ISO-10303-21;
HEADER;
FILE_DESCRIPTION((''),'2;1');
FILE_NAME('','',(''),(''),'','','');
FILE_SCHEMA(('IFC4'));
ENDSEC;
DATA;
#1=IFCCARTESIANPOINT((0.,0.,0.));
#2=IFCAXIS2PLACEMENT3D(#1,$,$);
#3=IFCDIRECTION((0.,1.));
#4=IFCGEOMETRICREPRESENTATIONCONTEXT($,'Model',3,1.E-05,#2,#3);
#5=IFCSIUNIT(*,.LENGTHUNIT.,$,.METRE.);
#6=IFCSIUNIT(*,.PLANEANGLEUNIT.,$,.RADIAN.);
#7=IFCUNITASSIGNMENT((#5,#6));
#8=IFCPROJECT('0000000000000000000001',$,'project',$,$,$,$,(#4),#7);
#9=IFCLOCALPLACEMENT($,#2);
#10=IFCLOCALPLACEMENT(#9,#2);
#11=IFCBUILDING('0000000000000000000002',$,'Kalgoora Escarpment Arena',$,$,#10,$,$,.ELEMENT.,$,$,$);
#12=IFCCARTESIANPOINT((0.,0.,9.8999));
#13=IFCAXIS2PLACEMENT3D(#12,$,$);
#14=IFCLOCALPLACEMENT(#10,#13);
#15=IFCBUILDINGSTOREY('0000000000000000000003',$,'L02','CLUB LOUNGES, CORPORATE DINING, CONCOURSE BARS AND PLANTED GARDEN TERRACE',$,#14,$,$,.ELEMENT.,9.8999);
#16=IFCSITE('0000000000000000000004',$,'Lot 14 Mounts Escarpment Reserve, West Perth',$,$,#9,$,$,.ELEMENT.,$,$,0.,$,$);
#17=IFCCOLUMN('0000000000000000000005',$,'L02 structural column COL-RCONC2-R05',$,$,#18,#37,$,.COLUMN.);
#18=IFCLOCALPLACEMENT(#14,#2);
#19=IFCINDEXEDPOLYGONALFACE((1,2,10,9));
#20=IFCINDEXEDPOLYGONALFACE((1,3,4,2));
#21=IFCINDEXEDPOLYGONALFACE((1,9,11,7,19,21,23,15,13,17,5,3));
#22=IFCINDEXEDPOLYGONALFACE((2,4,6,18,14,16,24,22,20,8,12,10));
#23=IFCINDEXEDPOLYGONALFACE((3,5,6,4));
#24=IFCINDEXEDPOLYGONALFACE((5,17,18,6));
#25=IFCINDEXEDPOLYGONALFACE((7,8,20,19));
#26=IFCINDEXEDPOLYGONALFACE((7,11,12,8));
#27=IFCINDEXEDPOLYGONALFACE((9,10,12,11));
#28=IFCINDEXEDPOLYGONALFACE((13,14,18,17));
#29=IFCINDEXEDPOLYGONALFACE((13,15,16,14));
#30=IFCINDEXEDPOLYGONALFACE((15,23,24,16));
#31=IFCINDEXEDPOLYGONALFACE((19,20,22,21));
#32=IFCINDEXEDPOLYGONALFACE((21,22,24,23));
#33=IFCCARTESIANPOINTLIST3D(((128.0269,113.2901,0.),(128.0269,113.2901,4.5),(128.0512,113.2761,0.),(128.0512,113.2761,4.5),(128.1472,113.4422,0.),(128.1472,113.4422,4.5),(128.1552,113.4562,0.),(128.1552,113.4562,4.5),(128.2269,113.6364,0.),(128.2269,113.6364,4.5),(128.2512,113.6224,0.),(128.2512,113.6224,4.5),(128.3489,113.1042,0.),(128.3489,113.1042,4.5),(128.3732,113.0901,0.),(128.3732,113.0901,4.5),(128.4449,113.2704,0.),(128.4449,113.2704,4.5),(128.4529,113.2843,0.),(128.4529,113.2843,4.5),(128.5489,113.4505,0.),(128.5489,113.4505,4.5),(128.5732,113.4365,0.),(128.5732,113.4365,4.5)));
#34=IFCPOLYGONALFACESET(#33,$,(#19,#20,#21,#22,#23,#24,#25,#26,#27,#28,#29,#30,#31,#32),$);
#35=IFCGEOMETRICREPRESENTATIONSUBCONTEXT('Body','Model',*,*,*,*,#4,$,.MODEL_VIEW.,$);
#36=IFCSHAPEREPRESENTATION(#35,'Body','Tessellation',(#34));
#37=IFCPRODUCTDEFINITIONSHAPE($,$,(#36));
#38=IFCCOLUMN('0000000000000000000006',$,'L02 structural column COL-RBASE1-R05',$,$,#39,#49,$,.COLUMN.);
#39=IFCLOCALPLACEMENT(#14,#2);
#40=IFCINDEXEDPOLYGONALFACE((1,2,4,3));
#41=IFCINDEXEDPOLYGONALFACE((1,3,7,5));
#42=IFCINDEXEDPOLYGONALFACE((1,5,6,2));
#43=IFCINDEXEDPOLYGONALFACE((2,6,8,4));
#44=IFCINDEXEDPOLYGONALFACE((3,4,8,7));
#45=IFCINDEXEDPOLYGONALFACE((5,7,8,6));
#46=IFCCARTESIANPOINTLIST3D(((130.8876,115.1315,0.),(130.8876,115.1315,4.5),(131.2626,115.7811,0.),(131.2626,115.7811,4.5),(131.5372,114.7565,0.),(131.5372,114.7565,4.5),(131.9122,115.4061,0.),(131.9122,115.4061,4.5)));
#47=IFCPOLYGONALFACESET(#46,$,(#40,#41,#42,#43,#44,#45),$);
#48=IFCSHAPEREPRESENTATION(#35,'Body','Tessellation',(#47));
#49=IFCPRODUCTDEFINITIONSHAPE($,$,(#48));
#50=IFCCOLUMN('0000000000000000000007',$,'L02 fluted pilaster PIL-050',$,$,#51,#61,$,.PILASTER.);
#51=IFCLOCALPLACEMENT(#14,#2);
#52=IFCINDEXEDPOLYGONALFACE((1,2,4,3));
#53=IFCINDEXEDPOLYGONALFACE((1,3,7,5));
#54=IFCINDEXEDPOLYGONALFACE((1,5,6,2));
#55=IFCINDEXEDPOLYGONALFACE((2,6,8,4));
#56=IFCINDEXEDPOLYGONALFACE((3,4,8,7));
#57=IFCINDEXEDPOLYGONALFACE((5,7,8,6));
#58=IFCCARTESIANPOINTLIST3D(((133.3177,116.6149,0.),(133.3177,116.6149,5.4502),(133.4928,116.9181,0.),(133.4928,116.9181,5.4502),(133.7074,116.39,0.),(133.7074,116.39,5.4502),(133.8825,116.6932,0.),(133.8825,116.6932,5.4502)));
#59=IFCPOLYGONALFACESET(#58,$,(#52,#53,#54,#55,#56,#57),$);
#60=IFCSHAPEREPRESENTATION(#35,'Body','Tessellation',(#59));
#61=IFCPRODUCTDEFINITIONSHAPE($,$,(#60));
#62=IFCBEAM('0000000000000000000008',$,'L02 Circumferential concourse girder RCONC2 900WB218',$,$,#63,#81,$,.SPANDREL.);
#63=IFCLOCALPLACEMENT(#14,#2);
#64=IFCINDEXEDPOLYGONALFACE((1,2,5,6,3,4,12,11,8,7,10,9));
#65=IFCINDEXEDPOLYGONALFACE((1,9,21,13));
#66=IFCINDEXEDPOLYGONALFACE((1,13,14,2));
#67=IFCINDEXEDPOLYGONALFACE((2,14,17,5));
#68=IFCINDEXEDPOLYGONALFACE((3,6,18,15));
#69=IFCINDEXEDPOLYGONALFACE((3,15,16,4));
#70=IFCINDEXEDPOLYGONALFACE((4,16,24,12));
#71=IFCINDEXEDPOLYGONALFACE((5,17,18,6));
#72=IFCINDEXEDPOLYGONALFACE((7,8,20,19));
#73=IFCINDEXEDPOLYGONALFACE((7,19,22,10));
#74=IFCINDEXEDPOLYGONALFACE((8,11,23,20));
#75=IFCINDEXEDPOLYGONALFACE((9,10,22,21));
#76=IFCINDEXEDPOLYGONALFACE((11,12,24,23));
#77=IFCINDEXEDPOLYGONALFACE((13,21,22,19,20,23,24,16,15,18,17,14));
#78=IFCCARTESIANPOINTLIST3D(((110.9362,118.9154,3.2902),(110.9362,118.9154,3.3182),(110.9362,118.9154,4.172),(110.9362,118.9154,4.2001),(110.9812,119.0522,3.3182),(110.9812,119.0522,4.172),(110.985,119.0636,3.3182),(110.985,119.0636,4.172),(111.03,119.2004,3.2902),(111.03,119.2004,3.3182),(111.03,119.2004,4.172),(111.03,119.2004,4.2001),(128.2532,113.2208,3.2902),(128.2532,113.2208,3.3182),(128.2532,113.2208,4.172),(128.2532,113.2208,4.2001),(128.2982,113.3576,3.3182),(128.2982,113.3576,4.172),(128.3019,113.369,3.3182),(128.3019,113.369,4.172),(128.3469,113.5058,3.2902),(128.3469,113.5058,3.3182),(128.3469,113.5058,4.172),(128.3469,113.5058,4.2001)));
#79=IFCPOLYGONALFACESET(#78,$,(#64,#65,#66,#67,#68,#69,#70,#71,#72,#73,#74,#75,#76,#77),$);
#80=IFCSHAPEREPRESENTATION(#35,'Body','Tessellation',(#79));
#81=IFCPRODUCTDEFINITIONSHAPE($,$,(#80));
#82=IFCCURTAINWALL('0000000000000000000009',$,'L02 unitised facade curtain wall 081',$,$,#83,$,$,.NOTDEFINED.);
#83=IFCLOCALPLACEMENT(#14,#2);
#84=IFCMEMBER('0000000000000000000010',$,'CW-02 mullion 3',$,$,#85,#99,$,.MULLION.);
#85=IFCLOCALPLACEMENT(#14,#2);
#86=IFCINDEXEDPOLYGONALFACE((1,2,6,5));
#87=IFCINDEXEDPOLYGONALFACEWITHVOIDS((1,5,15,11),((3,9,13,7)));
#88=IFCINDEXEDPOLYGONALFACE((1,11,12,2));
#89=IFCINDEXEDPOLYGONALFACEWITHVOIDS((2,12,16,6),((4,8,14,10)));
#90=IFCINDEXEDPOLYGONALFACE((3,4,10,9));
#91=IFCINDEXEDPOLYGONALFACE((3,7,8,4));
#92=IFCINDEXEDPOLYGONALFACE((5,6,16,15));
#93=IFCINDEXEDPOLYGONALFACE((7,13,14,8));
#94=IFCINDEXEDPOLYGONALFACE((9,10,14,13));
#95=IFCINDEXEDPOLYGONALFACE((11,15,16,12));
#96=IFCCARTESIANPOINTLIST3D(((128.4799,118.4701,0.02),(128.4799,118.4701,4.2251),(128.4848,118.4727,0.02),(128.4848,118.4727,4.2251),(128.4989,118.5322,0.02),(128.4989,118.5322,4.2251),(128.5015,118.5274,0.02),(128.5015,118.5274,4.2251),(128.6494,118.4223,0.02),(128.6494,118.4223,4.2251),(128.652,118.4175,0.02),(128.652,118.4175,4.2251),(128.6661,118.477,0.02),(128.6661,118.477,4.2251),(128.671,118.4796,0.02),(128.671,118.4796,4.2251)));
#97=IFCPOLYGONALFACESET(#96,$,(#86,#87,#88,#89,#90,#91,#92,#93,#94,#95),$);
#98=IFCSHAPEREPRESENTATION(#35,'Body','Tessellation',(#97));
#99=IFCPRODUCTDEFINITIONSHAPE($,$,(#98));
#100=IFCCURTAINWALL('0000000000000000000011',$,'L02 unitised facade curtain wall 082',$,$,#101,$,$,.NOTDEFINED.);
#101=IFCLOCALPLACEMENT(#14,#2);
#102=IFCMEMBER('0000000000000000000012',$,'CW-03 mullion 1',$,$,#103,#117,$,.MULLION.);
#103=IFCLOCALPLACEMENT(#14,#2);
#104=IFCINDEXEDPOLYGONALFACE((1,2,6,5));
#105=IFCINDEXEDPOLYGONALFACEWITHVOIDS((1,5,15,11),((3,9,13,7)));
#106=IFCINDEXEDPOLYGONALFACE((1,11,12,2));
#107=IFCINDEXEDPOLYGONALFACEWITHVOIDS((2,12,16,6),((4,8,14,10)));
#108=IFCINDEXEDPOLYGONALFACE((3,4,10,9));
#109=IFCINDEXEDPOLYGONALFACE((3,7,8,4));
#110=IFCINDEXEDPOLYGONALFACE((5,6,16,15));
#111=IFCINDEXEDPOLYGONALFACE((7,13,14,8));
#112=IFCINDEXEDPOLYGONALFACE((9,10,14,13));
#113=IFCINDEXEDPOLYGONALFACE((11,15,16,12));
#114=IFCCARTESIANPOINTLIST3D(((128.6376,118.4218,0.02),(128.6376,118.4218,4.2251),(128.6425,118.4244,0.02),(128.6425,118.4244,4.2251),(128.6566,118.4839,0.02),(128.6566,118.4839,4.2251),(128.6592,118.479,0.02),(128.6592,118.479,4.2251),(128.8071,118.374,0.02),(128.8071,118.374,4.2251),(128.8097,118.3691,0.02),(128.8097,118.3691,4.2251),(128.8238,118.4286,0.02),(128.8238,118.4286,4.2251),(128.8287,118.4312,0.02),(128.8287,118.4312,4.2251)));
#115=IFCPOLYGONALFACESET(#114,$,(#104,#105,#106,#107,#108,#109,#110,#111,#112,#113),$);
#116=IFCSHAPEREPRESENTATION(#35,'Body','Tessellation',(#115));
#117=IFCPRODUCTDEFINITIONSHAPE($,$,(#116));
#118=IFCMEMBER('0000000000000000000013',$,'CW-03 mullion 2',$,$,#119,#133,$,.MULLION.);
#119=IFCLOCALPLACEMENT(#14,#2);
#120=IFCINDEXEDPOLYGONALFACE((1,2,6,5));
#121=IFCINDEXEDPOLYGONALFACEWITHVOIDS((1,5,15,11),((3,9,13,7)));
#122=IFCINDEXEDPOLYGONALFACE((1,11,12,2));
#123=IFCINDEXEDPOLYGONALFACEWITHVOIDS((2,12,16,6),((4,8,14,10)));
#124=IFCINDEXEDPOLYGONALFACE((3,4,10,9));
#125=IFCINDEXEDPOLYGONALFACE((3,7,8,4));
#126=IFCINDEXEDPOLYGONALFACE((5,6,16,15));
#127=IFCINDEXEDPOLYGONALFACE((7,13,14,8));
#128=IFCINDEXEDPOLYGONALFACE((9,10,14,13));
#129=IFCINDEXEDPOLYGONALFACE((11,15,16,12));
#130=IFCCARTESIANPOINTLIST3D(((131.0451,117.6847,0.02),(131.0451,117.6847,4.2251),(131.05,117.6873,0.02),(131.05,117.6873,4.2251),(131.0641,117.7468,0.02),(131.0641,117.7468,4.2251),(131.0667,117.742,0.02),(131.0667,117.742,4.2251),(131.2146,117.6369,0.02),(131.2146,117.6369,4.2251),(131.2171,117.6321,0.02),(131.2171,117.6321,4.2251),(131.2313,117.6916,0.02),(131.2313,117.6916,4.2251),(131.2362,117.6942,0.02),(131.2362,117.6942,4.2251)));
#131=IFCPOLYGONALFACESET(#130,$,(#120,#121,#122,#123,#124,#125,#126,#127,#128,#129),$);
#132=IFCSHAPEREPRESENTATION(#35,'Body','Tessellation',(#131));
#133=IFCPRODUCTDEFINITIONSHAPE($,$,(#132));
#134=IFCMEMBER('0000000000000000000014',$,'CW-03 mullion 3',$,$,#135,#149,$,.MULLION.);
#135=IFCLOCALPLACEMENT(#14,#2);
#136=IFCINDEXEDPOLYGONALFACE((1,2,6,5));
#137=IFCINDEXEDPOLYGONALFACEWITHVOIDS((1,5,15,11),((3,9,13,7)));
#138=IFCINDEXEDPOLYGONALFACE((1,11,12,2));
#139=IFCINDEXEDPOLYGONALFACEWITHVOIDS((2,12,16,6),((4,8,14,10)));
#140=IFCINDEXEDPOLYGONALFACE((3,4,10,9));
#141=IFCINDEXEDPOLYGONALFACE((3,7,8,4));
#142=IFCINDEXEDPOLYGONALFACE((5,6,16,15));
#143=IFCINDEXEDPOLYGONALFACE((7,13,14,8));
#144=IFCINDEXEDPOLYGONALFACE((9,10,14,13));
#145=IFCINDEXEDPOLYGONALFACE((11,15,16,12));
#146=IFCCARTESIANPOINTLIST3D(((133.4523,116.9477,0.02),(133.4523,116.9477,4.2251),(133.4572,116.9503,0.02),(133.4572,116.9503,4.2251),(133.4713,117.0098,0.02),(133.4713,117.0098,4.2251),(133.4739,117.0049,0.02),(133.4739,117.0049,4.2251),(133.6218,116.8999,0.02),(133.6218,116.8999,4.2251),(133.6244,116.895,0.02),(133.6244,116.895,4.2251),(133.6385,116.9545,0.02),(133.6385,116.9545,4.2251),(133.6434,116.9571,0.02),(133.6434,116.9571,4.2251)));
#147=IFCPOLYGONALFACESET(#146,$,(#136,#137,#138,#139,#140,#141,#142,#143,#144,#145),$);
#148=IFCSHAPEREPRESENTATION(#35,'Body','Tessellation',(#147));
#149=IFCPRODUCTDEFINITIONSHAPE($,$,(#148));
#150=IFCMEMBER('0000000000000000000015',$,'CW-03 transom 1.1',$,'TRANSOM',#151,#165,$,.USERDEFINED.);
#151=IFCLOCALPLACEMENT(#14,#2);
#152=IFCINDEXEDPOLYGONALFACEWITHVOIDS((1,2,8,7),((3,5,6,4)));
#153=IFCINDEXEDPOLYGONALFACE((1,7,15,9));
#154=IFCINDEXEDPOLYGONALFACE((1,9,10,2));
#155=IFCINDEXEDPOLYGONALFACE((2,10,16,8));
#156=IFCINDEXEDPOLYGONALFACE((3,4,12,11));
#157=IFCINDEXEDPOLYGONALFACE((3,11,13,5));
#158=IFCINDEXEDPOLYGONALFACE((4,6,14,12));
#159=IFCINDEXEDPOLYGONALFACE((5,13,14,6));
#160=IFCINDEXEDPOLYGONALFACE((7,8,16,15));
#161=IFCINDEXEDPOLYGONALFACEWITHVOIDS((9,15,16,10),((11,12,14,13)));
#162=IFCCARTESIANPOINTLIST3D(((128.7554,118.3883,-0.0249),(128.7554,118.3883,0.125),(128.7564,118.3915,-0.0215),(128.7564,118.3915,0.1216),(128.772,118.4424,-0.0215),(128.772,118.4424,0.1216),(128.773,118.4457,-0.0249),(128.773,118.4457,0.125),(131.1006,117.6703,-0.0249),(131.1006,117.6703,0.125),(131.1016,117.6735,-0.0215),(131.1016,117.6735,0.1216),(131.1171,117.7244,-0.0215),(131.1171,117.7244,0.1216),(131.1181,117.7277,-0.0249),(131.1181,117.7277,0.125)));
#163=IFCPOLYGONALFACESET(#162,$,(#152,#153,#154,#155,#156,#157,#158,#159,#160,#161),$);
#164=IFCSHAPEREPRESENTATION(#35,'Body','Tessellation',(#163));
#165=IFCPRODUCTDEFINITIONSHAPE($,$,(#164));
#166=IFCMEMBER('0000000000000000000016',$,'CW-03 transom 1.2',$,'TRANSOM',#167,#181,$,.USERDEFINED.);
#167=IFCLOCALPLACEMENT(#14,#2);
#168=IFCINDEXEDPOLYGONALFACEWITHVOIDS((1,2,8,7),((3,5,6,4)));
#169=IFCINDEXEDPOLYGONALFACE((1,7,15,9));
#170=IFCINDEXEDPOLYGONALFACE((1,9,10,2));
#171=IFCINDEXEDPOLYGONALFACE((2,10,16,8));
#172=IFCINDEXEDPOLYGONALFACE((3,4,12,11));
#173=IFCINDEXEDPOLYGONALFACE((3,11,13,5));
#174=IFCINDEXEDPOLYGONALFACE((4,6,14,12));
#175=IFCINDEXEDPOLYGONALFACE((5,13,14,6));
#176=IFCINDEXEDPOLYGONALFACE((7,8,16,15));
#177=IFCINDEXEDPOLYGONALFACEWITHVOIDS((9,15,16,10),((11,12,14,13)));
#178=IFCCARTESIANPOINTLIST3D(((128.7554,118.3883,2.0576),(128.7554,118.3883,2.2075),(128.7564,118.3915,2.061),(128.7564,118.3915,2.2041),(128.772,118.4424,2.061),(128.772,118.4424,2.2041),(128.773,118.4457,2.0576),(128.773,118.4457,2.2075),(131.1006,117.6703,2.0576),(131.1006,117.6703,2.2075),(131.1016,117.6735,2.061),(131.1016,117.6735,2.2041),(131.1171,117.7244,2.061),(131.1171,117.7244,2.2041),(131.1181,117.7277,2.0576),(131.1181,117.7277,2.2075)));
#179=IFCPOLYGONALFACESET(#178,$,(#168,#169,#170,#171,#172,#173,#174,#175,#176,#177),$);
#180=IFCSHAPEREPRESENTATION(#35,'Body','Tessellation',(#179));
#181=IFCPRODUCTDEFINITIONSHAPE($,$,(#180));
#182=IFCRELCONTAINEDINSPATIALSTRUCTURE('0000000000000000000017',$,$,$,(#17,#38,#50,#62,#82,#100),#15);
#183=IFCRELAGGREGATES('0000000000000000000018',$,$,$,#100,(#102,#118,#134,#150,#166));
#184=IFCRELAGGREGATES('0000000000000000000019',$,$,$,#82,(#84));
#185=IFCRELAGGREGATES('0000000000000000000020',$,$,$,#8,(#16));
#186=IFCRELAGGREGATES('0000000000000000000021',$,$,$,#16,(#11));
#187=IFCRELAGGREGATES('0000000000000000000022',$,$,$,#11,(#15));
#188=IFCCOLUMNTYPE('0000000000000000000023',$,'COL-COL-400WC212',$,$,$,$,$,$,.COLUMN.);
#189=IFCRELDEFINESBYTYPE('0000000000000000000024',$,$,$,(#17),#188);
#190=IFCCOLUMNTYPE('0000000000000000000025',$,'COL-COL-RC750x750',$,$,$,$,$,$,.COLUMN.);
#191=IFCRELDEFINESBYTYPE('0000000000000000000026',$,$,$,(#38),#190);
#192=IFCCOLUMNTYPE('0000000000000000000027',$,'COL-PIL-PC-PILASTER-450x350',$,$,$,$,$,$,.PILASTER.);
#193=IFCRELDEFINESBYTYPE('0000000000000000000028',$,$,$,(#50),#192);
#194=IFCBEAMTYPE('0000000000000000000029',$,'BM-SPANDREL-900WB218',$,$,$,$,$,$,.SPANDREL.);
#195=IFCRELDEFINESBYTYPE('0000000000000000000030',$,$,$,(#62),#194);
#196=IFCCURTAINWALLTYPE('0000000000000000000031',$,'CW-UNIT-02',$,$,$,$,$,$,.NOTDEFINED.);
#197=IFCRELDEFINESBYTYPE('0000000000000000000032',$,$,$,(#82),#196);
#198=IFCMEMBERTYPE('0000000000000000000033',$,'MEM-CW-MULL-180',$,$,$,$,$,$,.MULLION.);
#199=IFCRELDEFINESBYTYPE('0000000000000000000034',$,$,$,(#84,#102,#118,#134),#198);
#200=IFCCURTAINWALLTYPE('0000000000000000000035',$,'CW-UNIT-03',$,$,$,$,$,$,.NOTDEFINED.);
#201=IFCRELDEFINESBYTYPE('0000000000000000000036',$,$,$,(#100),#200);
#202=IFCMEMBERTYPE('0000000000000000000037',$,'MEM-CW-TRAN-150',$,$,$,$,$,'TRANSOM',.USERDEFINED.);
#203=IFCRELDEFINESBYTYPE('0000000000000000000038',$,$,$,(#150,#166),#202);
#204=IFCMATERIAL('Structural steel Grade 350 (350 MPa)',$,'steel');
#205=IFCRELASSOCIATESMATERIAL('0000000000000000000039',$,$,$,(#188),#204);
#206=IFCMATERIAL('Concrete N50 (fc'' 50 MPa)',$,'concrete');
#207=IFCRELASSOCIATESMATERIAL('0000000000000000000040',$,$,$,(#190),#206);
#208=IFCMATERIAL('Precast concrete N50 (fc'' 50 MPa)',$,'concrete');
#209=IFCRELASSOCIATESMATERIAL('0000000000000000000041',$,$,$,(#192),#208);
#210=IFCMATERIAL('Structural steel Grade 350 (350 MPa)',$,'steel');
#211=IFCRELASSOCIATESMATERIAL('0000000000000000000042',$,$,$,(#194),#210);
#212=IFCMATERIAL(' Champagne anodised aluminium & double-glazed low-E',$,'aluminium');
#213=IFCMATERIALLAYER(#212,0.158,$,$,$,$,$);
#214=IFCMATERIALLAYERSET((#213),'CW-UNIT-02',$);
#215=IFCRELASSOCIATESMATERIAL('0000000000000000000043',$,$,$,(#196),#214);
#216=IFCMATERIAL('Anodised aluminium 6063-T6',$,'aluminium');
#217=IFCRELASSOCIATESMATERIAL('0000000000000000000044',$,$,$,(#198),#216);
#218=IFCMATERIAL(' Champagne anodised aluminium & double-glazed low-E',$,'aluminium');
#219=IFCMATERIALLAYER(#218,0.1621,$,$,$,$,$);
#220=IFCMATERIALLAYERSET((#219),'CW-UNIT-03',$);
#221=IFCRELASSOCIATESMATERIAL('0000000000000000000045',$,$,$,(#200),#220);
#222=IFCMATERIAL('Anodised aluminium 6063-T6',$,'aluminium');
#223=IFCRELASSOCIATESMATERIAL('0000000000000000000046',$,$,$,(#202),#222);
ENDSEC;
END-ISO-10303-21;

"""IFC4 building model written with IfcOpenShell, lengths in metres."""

from ifc_helpers import new_model, si_unit, direction, frame, origin, origin_2d, place, context, subcontext, project, spatial, rectangle, hollow_rectangle, i_section, extrude, material, layer, layer_set, material_profile, profile_set, type_object, element, aggregate, save


model = new_model("IFC4")

# Units and contexts
model_context = context("Model", 3, precision=1e-05, world=origin(), true_north=direction((0.0, 1.0)))
body_context = subcontext(model_context, "Body", "Model", "MODEL_VIEW")
ifc_project = project(units=[si_unit("LENGTHUNIT", "METRE"), si_unit("PLANEANGLEUNIT", "RADIAN")], contexts=[model_context])

# Site, building, storey
site_placement = place(None, origin())
site = spatial("IfcSite", under=ifc_project, at=site_placement, Name="Lot 14 Mounts Escarpment Reserve, West Perth", CompositionType="ELEMENT", RefElevation=0.0)
building_placement = place(site_placement, origin())
building = spatial("IfcBuilding", under=site, at=building_placement, Name="Kalgoora Escarpment Arena", CompositionType="ELEMENT")
storey_placement = place(building_placement, frame((0.0, 0.0, 9.8999)))
storey = spatial("IfcBuildingStorey", under=building, at=storey_placement, Name="L02", Description="CLUB LOUNGES, CORPORATE DINING, CONCOURSE BARS AND PLANTED GARDEN TERRACE", CompositionType="ELEMENT", Elevation=9.8999)

# Columns
ifc_material_1 = material(Name="Structural steel Grade 350 (350 MPa)", Category="steel")
ifc_material_profile_1 = material_profile(ifc_material_1, i_section(OverallWidth=0.3999, OverallDepth=0.3999, WebThickness=0.0161, FlangeThickness=0.0281, at=origin_2d()))
ifc_profile_set_1 = profile_set([ifc_material_profile_1], Name="Structural steel Grade 350 (350 MPa)")
column_type_1 = type_object("IfcColumnType", Name="COL-COL-400WC212", PredefinedType="COLUMN", material=ifc_profile_set_1)
column_1_placement = place(storey_placement, frame((128.3, 113.3633, 0.0), z_axis=(0.0, 0.0, 1.0), x_axis=(0.5, 0.866025, 0.0)))
element("IfcColumn", 1, at=column_1_placement, inside=storey, type_object=column_type_1, Name="L02 structural column COL-RCONC2-R05", PredefinedType="COLUMN", context=body_context, shape_type="SweptSolid", body=[
    extrude(i_section(OverallWidth=0.3999, OverallDepth=0.3999, WebThickness=0.0161, FlangeThickness=0.0281, at=origin_2d()), origin(), (0.0, 0.0, 1.0), 4.5),
])
ifc_material_2 = material(Name="Concrete N50 (fc' 50 MPa)", Category="concrete")
ifc_material_profile_2 = material_profile(ifc_material_2, rectangle(XDim=0.75, YDim=0.75, at=origin_2d()))
ifc_profile_set_2 = profile_set([ifc_material_profile_2], Name="Concrete N50 (fc' 50 MPa)")
column_type_2 = type_object("IfcColumnType", Name="COL-COL-RC750x750", PredefinedType="COLUMN", material=ifc_profile_set_2)
column_2_placement = place(storey_placement, frame((131.3999, 115.2688, 0.0), z_axis=(0.0, 0.0, 1.0), x_axis=(0.5, 0.866025, 0.0)))
element("IfcColumn", 2, at=column_2_placement, inside=storey, type_object=column_type_2, Name="L02 structural column COL-RBASE1-R05", PredefinedType="COLUMN", context=body_context, shape_type="SweptSolid", body=[
    extrude(rectangle(XDim=0.75, YDim=0.75, at=origin_2d()), origin(), (0.0, 0.0, 1.0), 4.5),
])
ifc_material_3 = material(Name="Precast concrete N50 (fc' 50 MPa)", Category="concrete")
ifc_material_profile_3 = material_profile(ifc_material_3, rectangle(XDim=0.3501, YDim=0.45, at=origin_2d()))
ifc_profile_set_3 = profile_set([ifc_material_profile_3], Name="Precast concrete N50 (fc' 50 MPa)")
column_type_3 = type_object("IfcColumnType", Name="COL-PIL-PC-PILASTER-450x350", PredefinedType="PILASTER", material=ifc_profile_set_3)
column_3_placement = place(storey_placement, frame((133.6001, 116.6541, 0.0), z_axis=(0.0, 0.0, 1.0), x_axis=(0.5, 0.866025, 0.0)))
element("IfcColumn", 3, at=column_3_placement, inside=storey, type_object=column_type_3, Name="L02 fluted pilaster PIL-050", PredefinedType="PILASTER", context=body_context, shape_type="SweptSolid", body=[
    extrude(rectangle(XDim=0.3501, YDim=0.45, at=origin_2d()), origin(), (0.0, 0.0, 1.0), 5.4502),
])

# Beam
ifc_material_4 = material(Name="Structural steel Grade 350 (350 MPa)", Category="steel")
ifc_material_profile_4 = material_profile(ifc_material_4, i_section(OverallWidth=0.3, OverallDepth=0.9099, WebThickness=0.012, FlangeThickness=0.0281, at=origin_2d()))
ifc_profile_set_4 = profile_set([ifc_material_profile_4], Name="Structural steel Grade 350 (350 MPa)")
beam_type = type_object("IfcBeamType", Name="BM-SPANDREL-900WB218", PredefinedType="SPANDREL", material=ifc_profile_set_4)
beam_placement = place(storey_placement, frame((128.3, 113.3633, 3.7451), z_axis=(-0.949955, 0.312388, 0.0), x_axis=(-0.312388, -0.949955, 0.0)))
element("IfcBeam", 4, at=beam_placement, inside=storey, type_object=beam_type, Name="L02 Circumferential concourse girder RCONC2 900WB218", PredefinedType="SPANDREL", context=body_context, shape_type="SweptSolid", body=[
    extrude(i_section(OverallWidth=0.3, OverallDepth=0.9099, WebThickness=0.012, FlangeThickness=0.0281, at=origin_2d()), origin(), (0.0, 0.0, 1.0), 18.2292),
])

# Curtain wall, member
ifc_material_5 = material(Name=" Champagne anodised aluminium & double-glazed low-E", Category="aluminium")
ifc_layer_1 = layer(ifc_material_5, 0.158)
ifc_layer_set_1 = layer_set([ifc_layer_1], Name="CW-UNIT-02")
curtain_wall_type_1 = type_object("IfcCurtainWallType", Name="CW-UNIT-02", PredefinedType="NOTDEFINED", material=ifc_layer_set_1)
curtain_wall_1_placement = place(storey_placement, origin())
curtain_wall_1 = element("IfcCurtainWall", 5, at=curtain_wall_1_placement, inside=storey, type_object=curtain_wall_type_1, Name="L02 unitised facade curtain wall 081", PredefinedType="NOTDEFINED")
ifc_material_6 = material(Name="Anodised aluminium 6063-T6", Category="aluminium")
ifc_material_profile_5 = material_profile(ifc_material_6, hollow_rectangle(XDim=0.0649, YDim=0.1799, WallThickness=0.0039, at=origin_2d()))
ifc_profile_set_5 = profile_set([ifc_material_profile_5], Name="Anodised aluminium 6063-T6")
member_type_1 = type_object("IfcMemberType", Name="MEM-CW-MULL-180", PredefinedType="MULLION", material=ifc_profile_set_5)
member_1_placement = place(storey_placement, frame((128.5754, 118.4749, 0.02), z_axis=(0.0, 0.0, 1.0), x_axis=(0.292751, 0.956189, 0.0)))
member_1 = element("IfcMember", 6, at=member_1_placement, type_object=member_type_1, Name="CW-02 mullion 3", PredefinedType="MULLION", context=body_context, shape_type="SweptSolid", body=[
    extrude(hollow_rectangle(XDim=0.0649, YDim=0.1799, WallThickness=0.0039, at=origin_2d()), origin(), (0.0, 0.0, 1.0), 4.2051),
])

# Curtain wall, members
ifc_material_7 = material(Name=" Champagne anodised aluminium & double-glazed low-E", Category="aluminium")
ifc_layer_2 = layer(ifc_material_7, 0.1621)
ifc_layer_set_2 = layer_set([ifc_layer_2], Name="CW-UNIT-03")
curtain_wall_type_2 = type_object("IfcCurtainWallType", Name="CW-UNIT-03", PredefinedType="NOTDEFINED", material=ifc_layer_set_2)
curtain_wall_2_placement = place(storey_placement, origin())
curtain_wall_2 = element("IfcCurtainWall", 7, at=curtain_wall_2_placement, inside=storey, type_object=curtain_wall_type_2, Name="L02 unitised facade curtain wall 082", PredefinedType="NOTDEFINED")
member_2_placement = place(storey_placement, frame((128.7332, 118.4265, 0.02), z_axis=(0.0, 0.0, 1.0), x_axis=(0.292745, 0.956191, 0.0)))
member_2 = element("IfcMember", 8, at=member_2_placement, type_object=member_type_1, Name="CW-03 mullion 1", PredefinedType="MULLION", context=body_context, shape_type="SweptSolid", body=[
    extrude(hollow_rectangle(XDim=0.0649, YDim=0.1799, WallThickness=0.0039, at=origin_2d()), origin(), (0.0, 0.0, 1.0), 4.2051),
])
member_3_placement = place(storey_placement, frame((131.1406, 117.6895, 0.02), z_axis=(0.0, 0.0, 1.0), x_axis=(0.292745, 0.956191, 0.0)))
member_3 = element("IfcMember", 9, at=member_3_placement, type_object=member_type_1, Name="CW-03 mullion 2", PredefinedType="MULLION", context=body_context, shape_type="SweptSolid", body=[
    extrude(hollow_rectangle(XDim=0.0649, YDim=0.1799, WallThickness=0.0039, at=origin_2d()), origin(), (0.0, 0.0, 1.0), 4.2051),
])
member_4_placement = place(storey_placement, frame((133.5479, 116.9524, 0.02), z_axis=(0.0, 0.0, 1.0), x_axis=(0.292745, 0.956191, 0.0)))
member_4 = element("IfcMember", 10, at=member_4_placement, type_object=member_type_1, Name="CW-03 mullion 3", PredefinedType="MULLION", context=body_context, shape_type="SweptSolid", body=[
    extrude(hollow_rectangle(XDim=0.0649, YDim=0.1799, WallThickness=0.0039, at=origin_2d()), origin(), (0.0, 0.0, 1.0), 4.2051),
])
ifc_material_8 = material(Name="Anodised aluminium 6063-T6", Category="aluminium")
ifc_material_profile_6 = material_profile(ifc_material_8, hollow_rectangle(XDim=0.0601, YDim=0.1499, WallThickness=0.0034, at=origin_2d()))
ifc_profile_set_6 = profile_set([ifc_material_profile_6], Name="Anodised aluminium 6063-T6")
member_type_2 = type_object("IfcMemberType", Name="MEM-CW-TRAN-150", ElementType="TRANSOM", PredefinedType="USERDEFINED", material=ifc_profile_set_6)
member_5_placement = place(storey_placement, frame((128.7642, 118.417, 0.05), z_axis=(0.956189, -0.29275, 0.0), x_axis=(0.29275, 0.956189, 0.0)))
member_5 = element("IfcMember", 11, at=member_5_placement, type_object=member_type_2, Name="CW-03 transom 1.1", ObjectType="TRANSOM", PredefinedType="USERDEFINED", context=body_context, shape_type="SweptSolid", body=[
    extrude(hollow_rectangle(XDim=0.0601, YDim=0.1499, WallThickness=0.0034, at=origin_2d()), origin(), (0.0, 0.0, 1.0), 2.4526),
])
member_6_placement = place(storey_placement, frame((128.7642, 118.417, 2.1326), z_axis=(0.956189, -0.29275, 0.0), x_axis=(0.29275, 0.956189, 0.0)))
member_6 = element("IfcMember", 12, at=member_6_placement, type_object=member_type_2, Name="CW-03 transom 1.2", ObjectType="TRANSOM", PredefinedType="USERDEFINED", context=body_context, shape_type="SweptSolid", body=[
    extrude(hollow_rectangle(XDim=0.0601, YDim=0.1499, WallThickness=0.0034, at=origin_2d()), origin(), (0.0, 0.0, 1.0), 2.4526),
])
aggregate(curtain_wall_2, [member_2, member_3, member_4, member_5, member_6])

aggregate(curtain_wall_1, [member_1])

save(model, "model.ifc")
